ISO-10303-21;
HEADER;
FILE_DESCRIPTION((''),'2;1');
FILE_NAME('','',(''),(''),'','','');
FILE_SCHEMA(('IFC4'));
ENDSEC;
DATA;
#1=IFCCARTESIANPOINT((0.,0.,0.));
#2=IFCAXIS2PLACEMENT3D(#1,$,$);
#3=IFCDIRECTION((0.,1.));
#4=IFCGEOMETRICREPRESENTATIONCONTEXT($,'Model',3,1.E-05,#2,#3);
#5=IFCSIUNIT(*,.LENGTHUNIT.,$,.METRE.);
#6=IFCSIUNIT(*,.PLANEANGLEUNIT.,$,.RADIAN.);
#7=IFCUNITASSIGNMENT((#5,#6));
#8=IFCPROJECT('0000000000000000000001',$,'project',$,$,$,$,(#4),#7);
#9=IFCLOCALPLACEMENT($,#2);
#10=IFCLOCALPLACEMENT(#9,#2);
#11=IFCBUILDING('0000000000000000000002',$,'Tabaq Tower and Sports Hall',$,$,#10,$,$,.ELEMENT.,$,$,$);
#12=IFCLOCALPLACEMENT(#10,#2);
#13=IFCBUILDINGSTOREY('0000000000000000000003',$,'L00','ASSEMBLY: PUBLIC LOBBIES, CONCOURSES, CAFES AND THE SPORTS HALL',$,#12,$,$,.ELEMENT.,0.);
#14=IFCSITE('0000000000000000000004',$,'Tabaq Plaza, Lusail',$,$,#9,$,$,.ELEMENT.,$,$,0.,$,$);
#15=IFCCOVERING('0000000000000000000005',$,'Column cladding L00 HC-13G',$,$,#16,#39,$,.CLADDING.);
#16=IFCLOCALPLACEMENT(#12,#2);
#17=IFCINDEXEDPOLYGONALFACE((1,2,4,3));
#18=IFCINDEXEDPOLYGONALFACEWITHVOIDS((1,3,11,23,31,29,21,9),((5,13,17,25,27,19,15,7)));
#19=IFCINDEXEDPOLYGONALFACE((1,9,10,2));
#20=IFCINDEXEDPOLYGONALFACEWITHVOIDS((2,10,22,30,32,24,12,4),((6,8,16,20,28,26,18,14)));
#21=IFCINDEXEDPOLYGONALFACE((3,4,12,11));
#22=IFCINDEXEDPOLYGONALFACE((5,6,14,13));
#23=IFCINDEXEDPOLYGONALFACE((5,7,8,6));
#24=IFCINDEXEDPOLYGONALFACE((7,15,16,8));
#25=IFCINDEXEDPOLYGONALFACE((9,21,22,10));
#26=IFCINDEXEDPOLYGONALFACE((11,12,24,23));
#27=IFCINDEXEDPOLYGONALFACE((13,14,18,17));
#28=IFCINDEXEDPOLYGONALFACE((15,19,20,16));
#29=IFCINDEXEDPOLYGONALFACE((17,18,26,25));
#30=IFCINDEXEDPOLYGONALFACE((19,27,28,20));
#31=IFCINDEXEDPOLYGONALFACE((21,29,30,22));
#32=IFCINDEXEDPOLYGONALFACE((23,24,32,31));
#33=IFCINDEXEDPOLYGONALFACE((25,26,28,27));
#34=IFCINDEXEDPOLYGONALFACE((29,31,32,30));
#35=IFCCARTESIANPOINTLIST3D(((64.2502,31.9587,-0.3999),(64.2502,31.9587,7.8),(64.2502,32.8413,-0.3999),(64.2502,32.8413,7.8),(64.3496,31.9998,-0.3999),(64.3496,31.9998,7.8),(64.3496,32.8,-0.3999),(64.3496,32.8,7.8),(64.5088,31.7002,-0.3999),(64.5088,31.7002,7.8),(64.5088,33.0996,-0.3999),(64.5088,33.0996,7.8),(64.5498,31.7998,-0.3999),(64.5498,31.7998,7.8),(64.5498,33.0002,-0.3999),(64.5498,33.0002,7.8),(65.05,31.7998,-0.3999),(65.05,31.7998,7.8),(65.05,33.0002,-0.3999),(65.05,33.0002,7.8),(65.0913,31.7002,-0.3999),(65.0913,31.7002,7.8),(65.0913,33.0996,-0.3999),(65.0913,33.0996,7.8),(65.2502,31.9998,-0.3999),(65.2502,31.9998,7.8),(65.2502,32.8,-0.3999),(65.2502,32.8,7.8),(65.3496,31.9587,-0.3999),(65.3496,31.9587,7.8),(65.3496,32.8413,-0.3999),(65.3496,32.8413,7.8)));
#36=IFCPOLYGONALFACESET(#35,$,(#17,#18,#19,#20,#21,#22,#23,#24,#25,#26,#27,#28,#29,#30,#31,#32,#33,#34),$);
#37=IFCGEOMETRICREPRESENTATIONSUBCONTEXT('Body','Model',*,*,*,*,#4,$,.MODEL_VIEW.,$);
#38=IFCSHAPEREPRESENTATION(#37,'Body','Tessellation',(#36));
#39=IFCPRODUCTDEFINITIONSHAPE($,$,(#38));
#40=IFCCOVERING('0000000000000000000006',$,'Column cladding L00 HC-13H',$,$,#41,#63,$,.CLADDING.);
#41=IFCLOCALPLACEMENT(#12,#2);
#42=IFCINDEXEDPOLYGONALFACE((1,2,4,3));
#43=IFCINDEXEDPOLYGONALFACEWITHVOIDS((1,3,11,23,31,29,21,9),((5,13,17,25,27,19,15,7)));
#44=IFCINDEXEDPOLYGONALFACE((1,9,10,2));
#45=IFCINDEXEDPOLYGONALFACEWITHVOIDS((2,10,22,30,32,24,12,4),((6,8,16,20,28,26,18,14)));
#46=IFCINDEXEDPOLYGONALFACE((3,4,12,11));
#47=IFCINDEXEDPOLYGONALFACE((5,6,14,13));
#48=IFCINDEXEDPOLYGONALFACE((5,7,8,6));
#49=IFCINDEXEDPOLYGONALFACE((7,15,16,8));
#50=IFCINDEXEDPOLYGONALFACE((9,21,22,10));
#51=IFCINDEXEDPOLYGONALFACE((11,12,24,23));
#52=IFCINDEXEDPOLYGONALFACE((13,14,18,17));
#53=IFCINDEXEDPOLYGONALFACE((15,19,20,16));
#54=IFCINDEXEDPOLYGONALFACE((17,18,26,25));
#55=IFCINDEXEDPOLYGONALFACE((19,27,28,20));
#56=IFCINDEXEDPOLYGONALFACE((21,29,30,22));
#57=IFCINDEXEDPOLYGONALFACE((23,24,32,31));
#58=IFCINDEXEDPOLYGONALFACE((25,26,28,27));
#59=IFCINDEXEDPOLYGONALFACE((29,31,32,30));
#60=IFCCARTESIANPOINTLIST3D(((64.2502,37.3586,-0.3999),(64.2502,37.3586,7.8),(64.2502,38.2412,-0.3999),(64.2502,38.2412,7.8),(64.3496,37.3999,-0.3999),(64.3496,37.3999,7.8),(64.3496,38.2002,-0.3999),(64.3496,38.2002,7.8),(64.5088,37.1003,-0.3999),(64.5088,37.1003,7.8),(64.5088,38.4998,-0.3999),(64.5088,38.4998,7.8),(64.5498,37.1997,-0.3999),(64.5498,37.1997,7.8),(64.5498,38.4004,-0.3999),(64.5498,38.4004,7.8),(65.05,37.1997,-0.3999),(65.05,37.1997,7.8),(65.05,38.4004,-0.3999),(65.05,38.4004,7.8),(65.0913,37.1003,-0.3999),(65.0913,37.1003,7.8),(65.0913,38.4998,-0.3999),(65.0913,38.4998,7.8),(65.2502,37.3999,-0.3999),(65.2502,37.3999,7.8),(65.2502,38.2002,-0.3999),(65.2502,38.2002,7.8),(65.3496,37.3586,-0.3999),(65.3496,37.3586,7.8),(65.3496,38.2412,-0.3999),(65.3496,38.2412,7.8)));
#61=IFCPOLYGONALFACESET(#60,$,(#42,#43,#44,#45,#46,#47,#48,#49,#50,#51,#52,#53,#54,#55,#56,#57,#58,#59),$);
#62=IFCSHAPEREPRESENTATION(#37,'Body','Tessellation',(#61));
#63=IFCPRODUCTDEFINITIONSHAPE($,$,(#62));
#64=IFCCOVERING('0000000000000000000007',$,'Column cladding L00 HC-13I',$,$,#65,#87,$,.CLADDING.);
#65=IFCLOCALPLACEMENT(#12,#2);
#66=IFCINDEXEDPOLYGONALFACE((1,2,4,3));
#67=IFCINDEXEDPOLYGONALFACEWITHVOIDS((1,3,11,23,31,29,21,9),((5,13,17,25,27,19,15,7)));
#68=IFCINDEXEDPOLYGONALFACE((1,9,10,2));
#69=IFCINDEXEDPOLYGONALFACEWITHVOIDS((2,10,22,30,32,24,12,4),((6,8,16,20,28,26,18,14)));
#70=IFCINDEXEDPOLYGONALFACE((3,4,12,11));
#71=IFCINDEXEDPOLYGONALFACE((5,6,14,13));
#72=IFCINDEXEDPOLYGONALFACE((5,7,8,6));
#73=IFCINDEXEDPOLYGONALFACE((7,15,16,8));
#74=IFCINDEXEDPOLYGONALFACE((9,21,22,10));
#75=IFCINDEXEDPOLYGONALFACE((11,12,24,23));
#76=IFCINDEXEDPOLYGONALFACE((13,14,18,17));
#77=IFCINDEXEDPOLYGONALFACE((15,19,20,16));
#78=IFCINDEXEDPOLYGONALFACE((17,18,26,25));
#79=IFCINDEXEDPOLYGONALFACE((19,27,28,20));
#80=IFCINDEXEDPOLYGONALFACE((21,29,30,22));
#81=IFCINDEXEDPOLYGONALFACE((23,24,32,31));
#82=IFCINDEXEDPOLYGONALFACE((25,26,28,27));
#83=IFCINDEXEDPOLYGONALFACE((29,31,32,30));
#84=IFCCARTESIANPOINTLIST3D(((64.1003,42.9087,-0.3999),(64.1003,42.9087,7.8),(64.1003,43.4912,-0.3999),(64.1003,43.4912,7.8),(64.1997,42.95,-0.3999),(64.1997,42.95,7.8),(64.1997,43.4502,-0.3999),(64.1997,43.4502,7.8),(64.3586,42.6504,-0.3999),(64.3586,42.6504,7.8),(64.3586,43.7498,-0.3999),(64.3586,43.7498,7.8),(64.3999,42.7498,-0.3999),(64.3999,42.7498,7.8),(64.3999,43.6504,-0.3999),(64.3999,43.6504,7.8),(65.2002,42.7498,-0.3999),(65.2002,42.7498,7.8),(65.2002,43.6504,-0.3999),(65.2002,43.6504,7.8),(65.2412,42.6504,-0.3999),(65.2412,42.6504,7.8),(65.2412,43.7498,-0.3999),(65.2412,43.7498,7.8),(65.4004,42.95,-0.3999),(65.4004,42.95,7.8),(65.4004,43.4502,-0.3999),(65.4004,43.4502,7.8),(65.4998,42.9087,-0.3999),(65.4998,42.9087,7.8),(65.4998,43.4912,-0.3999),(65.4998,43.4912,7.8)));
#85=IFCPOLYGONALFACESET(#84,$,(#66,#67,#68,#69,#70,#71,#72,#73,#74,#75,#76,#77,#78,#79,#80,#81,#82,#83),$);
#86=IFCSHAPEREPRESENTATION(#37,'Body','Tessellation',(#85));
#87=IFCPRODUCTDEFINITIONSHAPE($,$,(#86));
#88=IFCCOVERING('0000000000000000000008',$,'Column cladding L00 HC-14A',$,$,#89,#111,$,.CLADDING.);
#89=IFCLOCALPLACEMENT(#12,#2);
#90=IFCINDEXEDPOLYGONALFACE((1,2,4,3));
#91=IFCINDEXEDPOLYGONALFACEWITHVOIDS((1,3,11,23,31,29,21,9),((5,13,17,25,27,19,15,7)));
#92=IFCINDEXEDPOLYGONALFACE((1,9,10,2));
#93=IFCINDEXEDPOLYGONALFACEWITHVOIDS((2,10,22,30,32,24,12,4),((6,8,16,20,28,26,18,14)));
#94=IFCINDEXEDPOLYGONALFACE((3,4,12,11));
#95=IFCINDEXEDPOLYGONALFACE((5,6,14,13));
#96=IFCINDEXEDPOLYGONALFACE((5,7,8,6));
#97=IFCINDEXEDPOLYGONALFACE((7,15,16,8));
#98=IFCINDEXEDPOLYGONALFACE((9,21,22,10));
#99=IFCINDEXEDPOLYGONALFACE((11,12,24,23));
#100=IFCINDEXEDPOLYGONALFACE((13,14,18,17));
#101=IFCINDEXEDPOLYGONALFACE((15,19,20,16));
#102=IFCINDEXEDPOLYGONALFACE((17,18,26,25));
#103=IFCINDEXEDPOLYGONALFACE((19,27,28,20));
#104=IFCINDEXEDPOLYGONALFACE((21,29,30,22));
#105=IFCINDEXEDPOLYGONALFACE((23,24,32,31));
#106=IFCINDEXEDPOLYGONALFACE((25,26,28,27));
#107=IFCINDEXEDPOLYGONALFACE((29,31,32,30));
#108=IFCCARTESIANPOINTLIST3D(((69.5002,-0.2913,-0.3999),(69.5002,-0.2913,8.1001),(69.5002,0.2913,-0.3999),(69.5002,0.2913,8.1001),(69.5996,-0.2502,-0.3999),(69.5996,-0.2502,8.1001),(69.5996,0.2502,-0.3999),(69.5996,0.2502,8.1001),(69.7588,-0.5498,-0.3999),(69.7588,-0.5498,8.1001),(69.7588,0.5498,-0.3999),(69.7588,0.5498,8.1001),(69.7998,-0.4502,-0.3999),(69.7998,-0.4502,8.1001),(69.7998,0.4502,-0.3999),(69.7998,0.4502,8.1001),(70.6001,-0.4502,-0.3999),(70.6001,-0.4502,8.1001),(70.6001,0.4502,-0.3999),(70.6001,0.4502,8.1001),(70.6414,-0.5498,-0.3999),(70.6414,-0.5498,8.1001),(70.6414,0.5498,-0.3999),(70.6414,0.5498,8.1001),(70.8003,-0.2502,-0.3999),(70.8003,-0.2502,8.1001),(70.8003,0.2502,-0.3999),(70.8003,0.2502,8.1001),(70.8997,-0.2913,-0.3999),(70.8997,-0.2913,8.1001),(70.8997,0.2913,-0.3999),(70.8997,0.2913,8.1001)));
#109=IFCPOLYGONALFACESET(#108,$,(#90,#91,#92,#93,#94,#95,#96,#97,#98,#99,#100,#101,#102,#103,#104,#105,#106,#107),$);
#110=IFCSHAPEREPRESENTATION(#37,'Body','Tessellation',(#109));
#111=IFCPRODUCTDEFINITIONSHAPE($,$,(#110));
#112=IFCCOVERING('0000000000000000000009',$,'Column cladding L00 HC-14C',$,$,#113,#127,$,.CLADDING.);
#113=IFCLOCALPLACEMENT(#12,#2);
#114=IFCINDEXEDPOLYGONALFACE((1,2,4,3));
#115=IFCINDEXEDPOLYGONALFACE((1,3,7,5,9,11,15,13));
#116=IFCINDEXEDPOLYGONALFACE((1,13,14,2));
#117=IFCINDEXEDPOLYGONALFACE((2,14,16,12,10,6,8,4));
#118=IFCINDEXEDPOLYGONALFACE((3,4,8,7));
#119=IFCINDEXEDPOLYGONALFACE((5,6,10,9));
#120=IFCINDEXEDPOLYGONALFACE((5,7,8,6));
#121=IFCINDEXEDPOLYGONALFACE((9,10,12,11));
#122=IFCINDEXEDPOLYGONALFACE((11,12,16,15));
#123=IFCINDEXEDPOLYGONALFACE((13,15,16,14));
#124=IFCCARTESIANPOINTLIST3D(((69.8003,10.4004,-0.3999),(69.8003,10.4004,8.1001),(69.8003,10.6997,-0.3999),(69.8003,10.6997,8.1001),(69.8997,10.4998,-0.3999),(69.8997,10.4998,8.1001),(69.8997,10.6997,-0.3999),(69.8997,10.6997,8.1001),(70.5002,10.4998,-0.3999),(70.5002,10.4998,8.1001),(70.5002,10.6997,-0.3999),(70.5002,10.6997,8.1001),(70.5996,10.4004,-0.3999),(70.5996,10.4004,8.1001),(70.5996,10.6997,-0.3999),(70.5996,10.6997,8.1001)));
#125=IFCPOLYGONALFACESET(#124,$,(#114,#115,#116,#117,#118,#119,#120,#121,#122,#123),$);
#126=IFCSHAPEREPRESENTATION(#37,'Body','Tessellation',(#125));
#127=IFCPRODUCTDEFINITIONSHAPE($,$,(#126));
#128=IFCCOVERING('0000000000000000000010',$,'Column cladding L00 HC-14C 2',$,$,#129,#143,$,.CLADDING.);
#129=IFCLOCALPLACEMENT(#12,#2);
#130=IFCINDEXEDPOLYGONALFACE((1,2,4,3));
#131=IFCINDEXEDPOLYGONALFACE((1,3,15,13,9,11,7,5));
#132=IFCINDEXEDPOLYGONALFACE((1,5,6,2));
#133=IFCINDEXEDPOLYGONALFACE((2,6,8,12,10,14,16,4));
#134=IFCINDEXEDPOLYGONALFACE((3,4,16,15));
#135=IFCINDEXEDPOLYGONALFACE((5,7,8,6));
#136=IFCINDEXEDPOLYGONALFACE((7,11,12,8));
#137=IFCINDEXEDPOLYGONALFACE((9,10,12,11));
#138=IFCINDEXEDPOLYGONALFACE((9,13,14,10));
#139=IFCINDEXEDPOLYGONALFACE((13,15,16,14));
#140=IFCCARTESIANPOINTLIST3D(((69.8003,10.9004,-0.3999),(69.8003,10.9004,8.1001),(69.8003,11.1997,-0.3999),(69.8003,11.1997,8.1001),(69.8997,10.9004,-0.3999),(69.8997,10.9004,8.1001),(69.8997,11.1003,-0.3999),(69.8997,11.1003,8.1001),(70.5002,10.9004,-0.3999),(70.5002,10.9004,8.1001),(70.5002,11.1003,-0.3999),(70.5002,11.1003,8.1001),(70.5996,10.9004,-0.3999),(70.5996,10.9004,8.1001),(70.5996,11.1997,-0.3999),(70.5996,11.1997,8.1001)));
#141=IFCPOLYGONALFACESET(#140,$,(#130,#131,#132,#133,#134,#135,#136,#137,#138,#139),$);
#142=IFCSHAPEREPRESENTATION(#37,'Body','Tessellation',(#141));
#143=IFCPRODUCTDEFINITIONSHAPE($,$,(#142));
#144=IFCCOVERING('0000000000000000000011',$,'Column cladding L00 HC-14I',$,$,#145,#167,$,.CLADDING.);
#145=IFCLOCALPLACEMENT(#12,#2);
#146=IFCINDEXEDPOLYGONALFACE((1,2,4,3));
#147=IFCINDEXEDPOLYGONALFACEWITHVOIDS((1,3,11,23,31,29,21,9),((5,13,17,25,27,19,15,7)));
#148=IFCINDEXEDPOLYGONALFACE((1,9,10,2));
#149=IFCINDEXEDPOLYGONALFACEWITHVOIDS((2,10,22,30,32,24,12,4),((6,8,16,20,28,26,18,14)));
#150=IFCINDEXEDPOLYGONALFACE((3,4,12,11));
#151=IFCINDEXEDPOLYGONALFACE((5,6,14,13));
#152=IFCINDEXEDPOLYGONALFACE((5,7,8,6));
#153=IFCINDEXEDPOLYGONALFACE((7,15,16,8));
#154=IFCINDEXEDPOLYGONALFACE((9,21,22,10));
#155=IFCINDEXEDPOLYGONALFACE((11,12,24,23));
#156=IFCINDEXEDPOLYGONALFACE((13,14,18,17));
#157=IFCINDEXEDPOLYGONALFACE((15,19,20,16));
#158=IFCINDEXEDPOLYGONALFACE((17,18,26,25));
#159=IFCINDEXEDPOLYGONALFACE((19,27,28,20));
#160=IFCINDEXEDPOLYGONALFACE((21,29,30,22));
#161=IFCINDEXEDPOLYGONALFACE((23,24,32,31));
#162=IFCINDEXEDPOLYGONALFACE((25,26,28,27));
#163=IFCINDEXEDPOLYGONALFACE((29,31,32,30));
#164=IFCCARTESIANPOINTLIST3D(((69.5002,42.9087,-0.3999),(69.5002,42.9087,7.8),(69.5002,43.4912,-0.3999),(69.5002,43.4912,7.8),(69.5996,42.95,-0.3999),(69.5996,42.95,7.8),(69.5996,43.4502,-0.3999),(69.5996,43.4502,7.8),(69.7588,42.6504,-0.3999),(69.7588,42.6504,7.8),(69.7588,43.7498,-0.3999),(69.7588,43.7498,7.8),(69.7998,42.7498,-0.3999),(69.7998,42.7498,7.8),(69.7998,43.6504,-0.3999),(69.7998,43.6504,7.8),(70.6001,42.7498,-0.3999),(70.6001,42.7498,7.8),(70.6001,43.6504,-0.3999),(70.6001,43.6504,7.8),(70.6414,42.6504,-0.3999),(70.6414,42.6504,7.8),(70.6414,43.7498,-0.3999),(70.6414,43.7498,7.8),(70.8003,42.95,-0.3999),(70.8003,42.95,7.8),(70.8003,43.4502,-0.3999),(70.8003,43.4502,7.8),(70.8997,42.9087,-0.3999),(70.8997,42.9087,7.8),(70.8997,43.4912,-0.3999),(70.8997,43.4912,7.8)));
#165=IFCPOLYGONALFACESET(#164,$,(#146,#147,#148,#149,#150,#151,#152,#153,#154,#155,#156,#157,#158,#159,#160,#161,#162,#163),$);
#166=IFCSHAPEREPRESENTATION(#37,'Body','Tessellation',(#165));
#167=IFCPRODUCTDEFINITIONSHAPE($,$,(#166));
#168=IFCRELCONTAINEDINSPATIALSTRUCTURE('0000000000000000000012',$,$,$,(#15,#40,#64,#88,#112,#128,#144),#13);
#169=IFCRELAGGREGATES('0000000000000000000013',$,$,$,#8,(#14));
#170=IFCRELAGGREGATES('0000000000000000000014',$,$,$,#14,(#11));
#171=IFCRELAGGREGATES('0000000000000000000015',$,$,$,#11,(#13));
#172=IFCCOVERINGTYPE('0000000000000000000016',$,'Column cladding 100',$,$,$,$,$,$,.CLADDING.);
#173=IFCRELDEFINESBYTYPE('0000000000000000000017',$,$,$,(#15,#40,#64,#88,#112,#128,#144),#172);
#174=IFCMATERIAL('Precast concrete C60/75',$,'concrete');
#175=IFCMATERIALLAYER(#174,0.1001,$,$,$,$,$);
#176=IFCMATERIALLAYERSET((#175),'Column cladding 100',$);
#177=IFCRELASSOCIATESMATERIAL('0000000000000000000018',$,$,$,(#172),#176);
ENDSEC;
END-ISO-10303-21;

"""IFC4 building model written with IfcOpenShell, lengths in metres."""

from ifc_helpers import new_model, si_unit, direction, frame, origin, place, context, subcontext, project, spatial, polyline, outline, extrude, material, layer, layer_set, type_object, element, save


model = new_model("IFC4")

# Units and contexts
model_context = context("Model", 3, precision=1e-05, world=origin(), true_north=direction((0.0, 1.0)))
body_context = subcontext(model_context, "Body", "Model", "MODEL_VIEW")
ifc_project = project(units=[si_unit("LENGTHUNIT", "METRE"), si_unit("PLANEANGLEUNIT", "RADIAN")], contexts=[model_context])

# Site, building, storey
site_placement = place(None, origin())
site = spatial("IfcSite", under=ifc_project, at=site_placement, Name="Tabaq Plaza, Lusail", CompositionType="ELEMENT", RefElevation=0.0)
building_placement = place(site_placement, origin())
building = spatial("IfcBuilding", under=site, at=building_placement, Name="Tabaq Tower and Sports Hall", CompositionType="ELEMENT")
storey_placement = place(building_placement, origin())
storey = spatial("IfcBuildingStorey", under=building, at=storey_placement, Name="L00", Description="ASSEMBLY: PUBLIC LOBBIES, CONCOURSES, CAFES AND THE SPORTS HALL", CompositionType="ELEMENT", Elevation=0.0)

# Coverings
ifc_material = material(Name="Precast concrete C60/75", Category="concrete")
ifc_layer = layer(ifc_material, 0.1001)
ifc_layer_set = layer_set([ifc_layer], Name="Column cladding 100")
covering_type = type_object("IfcCoveringType", Name="Column cladding 100", PredefinedType="CLADDING", material=ifc_layer_set)
covering_1_placement = place(storey_placement, frame((0.0, 0.0, -0.3999)))
element("IfcCovering", 1, at=covering_1_placement, inside=storey, type_object=covering_type, Name="Column cladding L00 HC-13G", PredefinedType="CLADDING", context=body_context, shape_type="SweptSolid", body=[
    extrude(outline(polyline([(65.0913, 31.7002), (64.5088, 31.7002), (64.2502, 31.9587), (64.2502, 32.8413), (64.5088, 33.0996), (65.0913, 33.0996), (65.3496, 32.8413), (65.3496, 31.9587), (65.0913, 31.7002)]), holes=[polyline([(65.2502, 32.8), (65.05, 33.0002), (64.5498, 33.0002), (64.3496, 32.8), (64.3496, 31.9998), (64.5498, 31.7998), (65.05, 31.7998), (65.2502, 31.9998), (65.2502, 32.8)])]), origin(), (0.0, 0.0, 1.0), 8.2),
])
covering_2_placement = place(storey_placement, frame((0.0, 0.0, -0.3999)))
element("IfcCovering", 2, at=covering_2_placement, inside=storey, type_object=covering_type, Name="Column cladding L00 HC-13H", PredefinedType="CLADDING", context=body_context, shape_type="SweptSolid", body=[
    extrude(outline(polyline([(65.0913, 37.1003), (64.5088, 37.1003), (64.2502, 37.3586), (64.2502, 38.2412), (64.5088, 38.4998), (65.0913, 38.4998), (65.3496, 38.2412), (65.3496, 37.3586), (65.0913, 37.1003)]), holes=[polyline([(65.2502, 38.2002), (65.05, 38.4004), (64.5498, 38.4004), (64.3496, 38.2002), (64.3496, 37.3999), (64.5498, 37.1997), (65.05, 37.1997), (65.2502, 37.3999), (65.2502, 38.2002)])]), origin(), (0.0, 0.0, 1.0), 8.2),
])
covering_3_placement = place(storey_placement, frame((0.0, 0.0, -0.3999)))
element("IfcCovering", 3, at=covering_3_placement, inside=storey, type_object=covering_type, Name="Column cladding L00 HC-13I", PredefinedType="CLADDING", context=body_context, shape_type="SweptSolid", body=[
    extrude(outline(polyline([(64.1003, 42.9087), (64.1003, 43.4912), (64.3586, 43.7498), (65.2412, 43.7498), (65.4998, 43.4912), (65.4998, 42.9087), (65.2412, 42.6504), (64.3586, 42.6504), (64.1003, 42.9087)]), holes=[polyline([(65.2002, 42.7498), (65.4004, 42.95), (65.4004, 43.4502), (65.2002, 43.6504), (64.3999, 43.6504), (64.1997, 43.4502), (64.1997, 42.95), (64.3999, 42.7498), (65.2002, 42.7498)])]), origin(), (0.0, 0.0, 1.0), 8.2),
])
covering_4_placement = place(storey_placement, frame((0.0, 0.0, -0.3999)))
element("IfcCovering", 4, at=covering_4_placement, inside=storey, type_object=covering_type, Name="Column cladding L00 HC-14A", PredefinedType="CLADDING", context=body_context, shape_type="SweptSolid", body=[
    extrude(outline(polyline([(69.5002, -0.2913), (69.5002, 0.2913), (69.7588, 0.5498), (70.6414, 0.5498), (70.8997, 0.2913), (70.8997, -0.2913), (70.6414, -0.5498), (69.7588, -0.5498), (69.5002, -0.2913)]), holes=[polyline([(70.6001, -0.4502), (70.8003, -0.2502), (70.8003, 0.2502), (70.6001, 0.4502), (69.7998, 0.4502), (69.5996, 0.2502), (69.5996, -0.2502), (69.7998, -0.4502), (70.6001, -0.4502)])]), origin(), (0.0, 0.0, 1.0), 8.5),
])
covering_5_placement = place(storey_placement, frame((0.0, 0.0, -0.3999)))
element("IfcCovering", 5, at=covering_5_placement, inside=storey, type_object=covering_type, Name="Column cladding L00 HC-14C", PredefinedType="CLADDING", context=body_context, shape_type="SweptSolid", body=[
    extrude(outline(polyline([(70.5996, 10.4004), (69.8003, 10.4004), (69.8003, 10.6997), (69.8997, 10.6997), (69.8997, 10.4998), (70.5002, 10.4998), (70.5002, 10.6997), (70.5996, 10.6997), (70.5996, 10.4004)])), origin(), (0.0, 0.0, 1.0), 8.5),
])
covering_6_placement = place(storey_placement, frame((0.0, 0.0, -0.3999)))
element("IfcCovering", 6, at=covering_6_placement, inside=storey, type_object=covering_type, Name="Column cladding L00 HC-14C 2", PredefinedType="CLADDING", context=body_context, shape_type="SweptSolid", body=[
    extrude(outline(polyline([(70.5996, 11.1997), (70.5996, 10.9004), (70.5002, 10.9004), (70.5002, 11.1003), (69.8997, 11.1003), (69.8997, 10.9004), (69.8003, 10.9004), (69.8003, 11.1997), (70.5996, 11.1997)])), origin(), (0.0, 0.0, 1.0), 8.5),
])
covering_7_placement = place(storey_placement, frame((0.0, 0.0, -0.3999)))
element("IfcCovering", 7, at=covering_7_placement, inside=storey, type_object=covering_type, Name="Column cladding L00 HC-14I", PredefinedType="CLADDING", context=body_context, shape_type="SweptSolid", body=[
    extrude(outline(polyline([(69.5002, 42.9087), (69.5002, 43.4912), (69.7588, 43.7498), (70.6414, 43.7498), (70.8997, 43.4912), (70.8997, 42.9087), (70.6414, 42.6504), (69.7588, 42.6504), (69.5002, 42.9087)]), holes=[polyline([(70.6001, 42.7498), (70.8003, 42.95), (70.8003, 43.4502), (70.6001, 43.6504), (69.7998, 43.6504), (69.5996, 43.4502), (69.5996, 42.95), (69.7998, 42.7498), (70.6001, 42.7498)])]), origin(), (0.0, 0.0, 1.0), 8.2),
])

save(model, "model.ifc")
